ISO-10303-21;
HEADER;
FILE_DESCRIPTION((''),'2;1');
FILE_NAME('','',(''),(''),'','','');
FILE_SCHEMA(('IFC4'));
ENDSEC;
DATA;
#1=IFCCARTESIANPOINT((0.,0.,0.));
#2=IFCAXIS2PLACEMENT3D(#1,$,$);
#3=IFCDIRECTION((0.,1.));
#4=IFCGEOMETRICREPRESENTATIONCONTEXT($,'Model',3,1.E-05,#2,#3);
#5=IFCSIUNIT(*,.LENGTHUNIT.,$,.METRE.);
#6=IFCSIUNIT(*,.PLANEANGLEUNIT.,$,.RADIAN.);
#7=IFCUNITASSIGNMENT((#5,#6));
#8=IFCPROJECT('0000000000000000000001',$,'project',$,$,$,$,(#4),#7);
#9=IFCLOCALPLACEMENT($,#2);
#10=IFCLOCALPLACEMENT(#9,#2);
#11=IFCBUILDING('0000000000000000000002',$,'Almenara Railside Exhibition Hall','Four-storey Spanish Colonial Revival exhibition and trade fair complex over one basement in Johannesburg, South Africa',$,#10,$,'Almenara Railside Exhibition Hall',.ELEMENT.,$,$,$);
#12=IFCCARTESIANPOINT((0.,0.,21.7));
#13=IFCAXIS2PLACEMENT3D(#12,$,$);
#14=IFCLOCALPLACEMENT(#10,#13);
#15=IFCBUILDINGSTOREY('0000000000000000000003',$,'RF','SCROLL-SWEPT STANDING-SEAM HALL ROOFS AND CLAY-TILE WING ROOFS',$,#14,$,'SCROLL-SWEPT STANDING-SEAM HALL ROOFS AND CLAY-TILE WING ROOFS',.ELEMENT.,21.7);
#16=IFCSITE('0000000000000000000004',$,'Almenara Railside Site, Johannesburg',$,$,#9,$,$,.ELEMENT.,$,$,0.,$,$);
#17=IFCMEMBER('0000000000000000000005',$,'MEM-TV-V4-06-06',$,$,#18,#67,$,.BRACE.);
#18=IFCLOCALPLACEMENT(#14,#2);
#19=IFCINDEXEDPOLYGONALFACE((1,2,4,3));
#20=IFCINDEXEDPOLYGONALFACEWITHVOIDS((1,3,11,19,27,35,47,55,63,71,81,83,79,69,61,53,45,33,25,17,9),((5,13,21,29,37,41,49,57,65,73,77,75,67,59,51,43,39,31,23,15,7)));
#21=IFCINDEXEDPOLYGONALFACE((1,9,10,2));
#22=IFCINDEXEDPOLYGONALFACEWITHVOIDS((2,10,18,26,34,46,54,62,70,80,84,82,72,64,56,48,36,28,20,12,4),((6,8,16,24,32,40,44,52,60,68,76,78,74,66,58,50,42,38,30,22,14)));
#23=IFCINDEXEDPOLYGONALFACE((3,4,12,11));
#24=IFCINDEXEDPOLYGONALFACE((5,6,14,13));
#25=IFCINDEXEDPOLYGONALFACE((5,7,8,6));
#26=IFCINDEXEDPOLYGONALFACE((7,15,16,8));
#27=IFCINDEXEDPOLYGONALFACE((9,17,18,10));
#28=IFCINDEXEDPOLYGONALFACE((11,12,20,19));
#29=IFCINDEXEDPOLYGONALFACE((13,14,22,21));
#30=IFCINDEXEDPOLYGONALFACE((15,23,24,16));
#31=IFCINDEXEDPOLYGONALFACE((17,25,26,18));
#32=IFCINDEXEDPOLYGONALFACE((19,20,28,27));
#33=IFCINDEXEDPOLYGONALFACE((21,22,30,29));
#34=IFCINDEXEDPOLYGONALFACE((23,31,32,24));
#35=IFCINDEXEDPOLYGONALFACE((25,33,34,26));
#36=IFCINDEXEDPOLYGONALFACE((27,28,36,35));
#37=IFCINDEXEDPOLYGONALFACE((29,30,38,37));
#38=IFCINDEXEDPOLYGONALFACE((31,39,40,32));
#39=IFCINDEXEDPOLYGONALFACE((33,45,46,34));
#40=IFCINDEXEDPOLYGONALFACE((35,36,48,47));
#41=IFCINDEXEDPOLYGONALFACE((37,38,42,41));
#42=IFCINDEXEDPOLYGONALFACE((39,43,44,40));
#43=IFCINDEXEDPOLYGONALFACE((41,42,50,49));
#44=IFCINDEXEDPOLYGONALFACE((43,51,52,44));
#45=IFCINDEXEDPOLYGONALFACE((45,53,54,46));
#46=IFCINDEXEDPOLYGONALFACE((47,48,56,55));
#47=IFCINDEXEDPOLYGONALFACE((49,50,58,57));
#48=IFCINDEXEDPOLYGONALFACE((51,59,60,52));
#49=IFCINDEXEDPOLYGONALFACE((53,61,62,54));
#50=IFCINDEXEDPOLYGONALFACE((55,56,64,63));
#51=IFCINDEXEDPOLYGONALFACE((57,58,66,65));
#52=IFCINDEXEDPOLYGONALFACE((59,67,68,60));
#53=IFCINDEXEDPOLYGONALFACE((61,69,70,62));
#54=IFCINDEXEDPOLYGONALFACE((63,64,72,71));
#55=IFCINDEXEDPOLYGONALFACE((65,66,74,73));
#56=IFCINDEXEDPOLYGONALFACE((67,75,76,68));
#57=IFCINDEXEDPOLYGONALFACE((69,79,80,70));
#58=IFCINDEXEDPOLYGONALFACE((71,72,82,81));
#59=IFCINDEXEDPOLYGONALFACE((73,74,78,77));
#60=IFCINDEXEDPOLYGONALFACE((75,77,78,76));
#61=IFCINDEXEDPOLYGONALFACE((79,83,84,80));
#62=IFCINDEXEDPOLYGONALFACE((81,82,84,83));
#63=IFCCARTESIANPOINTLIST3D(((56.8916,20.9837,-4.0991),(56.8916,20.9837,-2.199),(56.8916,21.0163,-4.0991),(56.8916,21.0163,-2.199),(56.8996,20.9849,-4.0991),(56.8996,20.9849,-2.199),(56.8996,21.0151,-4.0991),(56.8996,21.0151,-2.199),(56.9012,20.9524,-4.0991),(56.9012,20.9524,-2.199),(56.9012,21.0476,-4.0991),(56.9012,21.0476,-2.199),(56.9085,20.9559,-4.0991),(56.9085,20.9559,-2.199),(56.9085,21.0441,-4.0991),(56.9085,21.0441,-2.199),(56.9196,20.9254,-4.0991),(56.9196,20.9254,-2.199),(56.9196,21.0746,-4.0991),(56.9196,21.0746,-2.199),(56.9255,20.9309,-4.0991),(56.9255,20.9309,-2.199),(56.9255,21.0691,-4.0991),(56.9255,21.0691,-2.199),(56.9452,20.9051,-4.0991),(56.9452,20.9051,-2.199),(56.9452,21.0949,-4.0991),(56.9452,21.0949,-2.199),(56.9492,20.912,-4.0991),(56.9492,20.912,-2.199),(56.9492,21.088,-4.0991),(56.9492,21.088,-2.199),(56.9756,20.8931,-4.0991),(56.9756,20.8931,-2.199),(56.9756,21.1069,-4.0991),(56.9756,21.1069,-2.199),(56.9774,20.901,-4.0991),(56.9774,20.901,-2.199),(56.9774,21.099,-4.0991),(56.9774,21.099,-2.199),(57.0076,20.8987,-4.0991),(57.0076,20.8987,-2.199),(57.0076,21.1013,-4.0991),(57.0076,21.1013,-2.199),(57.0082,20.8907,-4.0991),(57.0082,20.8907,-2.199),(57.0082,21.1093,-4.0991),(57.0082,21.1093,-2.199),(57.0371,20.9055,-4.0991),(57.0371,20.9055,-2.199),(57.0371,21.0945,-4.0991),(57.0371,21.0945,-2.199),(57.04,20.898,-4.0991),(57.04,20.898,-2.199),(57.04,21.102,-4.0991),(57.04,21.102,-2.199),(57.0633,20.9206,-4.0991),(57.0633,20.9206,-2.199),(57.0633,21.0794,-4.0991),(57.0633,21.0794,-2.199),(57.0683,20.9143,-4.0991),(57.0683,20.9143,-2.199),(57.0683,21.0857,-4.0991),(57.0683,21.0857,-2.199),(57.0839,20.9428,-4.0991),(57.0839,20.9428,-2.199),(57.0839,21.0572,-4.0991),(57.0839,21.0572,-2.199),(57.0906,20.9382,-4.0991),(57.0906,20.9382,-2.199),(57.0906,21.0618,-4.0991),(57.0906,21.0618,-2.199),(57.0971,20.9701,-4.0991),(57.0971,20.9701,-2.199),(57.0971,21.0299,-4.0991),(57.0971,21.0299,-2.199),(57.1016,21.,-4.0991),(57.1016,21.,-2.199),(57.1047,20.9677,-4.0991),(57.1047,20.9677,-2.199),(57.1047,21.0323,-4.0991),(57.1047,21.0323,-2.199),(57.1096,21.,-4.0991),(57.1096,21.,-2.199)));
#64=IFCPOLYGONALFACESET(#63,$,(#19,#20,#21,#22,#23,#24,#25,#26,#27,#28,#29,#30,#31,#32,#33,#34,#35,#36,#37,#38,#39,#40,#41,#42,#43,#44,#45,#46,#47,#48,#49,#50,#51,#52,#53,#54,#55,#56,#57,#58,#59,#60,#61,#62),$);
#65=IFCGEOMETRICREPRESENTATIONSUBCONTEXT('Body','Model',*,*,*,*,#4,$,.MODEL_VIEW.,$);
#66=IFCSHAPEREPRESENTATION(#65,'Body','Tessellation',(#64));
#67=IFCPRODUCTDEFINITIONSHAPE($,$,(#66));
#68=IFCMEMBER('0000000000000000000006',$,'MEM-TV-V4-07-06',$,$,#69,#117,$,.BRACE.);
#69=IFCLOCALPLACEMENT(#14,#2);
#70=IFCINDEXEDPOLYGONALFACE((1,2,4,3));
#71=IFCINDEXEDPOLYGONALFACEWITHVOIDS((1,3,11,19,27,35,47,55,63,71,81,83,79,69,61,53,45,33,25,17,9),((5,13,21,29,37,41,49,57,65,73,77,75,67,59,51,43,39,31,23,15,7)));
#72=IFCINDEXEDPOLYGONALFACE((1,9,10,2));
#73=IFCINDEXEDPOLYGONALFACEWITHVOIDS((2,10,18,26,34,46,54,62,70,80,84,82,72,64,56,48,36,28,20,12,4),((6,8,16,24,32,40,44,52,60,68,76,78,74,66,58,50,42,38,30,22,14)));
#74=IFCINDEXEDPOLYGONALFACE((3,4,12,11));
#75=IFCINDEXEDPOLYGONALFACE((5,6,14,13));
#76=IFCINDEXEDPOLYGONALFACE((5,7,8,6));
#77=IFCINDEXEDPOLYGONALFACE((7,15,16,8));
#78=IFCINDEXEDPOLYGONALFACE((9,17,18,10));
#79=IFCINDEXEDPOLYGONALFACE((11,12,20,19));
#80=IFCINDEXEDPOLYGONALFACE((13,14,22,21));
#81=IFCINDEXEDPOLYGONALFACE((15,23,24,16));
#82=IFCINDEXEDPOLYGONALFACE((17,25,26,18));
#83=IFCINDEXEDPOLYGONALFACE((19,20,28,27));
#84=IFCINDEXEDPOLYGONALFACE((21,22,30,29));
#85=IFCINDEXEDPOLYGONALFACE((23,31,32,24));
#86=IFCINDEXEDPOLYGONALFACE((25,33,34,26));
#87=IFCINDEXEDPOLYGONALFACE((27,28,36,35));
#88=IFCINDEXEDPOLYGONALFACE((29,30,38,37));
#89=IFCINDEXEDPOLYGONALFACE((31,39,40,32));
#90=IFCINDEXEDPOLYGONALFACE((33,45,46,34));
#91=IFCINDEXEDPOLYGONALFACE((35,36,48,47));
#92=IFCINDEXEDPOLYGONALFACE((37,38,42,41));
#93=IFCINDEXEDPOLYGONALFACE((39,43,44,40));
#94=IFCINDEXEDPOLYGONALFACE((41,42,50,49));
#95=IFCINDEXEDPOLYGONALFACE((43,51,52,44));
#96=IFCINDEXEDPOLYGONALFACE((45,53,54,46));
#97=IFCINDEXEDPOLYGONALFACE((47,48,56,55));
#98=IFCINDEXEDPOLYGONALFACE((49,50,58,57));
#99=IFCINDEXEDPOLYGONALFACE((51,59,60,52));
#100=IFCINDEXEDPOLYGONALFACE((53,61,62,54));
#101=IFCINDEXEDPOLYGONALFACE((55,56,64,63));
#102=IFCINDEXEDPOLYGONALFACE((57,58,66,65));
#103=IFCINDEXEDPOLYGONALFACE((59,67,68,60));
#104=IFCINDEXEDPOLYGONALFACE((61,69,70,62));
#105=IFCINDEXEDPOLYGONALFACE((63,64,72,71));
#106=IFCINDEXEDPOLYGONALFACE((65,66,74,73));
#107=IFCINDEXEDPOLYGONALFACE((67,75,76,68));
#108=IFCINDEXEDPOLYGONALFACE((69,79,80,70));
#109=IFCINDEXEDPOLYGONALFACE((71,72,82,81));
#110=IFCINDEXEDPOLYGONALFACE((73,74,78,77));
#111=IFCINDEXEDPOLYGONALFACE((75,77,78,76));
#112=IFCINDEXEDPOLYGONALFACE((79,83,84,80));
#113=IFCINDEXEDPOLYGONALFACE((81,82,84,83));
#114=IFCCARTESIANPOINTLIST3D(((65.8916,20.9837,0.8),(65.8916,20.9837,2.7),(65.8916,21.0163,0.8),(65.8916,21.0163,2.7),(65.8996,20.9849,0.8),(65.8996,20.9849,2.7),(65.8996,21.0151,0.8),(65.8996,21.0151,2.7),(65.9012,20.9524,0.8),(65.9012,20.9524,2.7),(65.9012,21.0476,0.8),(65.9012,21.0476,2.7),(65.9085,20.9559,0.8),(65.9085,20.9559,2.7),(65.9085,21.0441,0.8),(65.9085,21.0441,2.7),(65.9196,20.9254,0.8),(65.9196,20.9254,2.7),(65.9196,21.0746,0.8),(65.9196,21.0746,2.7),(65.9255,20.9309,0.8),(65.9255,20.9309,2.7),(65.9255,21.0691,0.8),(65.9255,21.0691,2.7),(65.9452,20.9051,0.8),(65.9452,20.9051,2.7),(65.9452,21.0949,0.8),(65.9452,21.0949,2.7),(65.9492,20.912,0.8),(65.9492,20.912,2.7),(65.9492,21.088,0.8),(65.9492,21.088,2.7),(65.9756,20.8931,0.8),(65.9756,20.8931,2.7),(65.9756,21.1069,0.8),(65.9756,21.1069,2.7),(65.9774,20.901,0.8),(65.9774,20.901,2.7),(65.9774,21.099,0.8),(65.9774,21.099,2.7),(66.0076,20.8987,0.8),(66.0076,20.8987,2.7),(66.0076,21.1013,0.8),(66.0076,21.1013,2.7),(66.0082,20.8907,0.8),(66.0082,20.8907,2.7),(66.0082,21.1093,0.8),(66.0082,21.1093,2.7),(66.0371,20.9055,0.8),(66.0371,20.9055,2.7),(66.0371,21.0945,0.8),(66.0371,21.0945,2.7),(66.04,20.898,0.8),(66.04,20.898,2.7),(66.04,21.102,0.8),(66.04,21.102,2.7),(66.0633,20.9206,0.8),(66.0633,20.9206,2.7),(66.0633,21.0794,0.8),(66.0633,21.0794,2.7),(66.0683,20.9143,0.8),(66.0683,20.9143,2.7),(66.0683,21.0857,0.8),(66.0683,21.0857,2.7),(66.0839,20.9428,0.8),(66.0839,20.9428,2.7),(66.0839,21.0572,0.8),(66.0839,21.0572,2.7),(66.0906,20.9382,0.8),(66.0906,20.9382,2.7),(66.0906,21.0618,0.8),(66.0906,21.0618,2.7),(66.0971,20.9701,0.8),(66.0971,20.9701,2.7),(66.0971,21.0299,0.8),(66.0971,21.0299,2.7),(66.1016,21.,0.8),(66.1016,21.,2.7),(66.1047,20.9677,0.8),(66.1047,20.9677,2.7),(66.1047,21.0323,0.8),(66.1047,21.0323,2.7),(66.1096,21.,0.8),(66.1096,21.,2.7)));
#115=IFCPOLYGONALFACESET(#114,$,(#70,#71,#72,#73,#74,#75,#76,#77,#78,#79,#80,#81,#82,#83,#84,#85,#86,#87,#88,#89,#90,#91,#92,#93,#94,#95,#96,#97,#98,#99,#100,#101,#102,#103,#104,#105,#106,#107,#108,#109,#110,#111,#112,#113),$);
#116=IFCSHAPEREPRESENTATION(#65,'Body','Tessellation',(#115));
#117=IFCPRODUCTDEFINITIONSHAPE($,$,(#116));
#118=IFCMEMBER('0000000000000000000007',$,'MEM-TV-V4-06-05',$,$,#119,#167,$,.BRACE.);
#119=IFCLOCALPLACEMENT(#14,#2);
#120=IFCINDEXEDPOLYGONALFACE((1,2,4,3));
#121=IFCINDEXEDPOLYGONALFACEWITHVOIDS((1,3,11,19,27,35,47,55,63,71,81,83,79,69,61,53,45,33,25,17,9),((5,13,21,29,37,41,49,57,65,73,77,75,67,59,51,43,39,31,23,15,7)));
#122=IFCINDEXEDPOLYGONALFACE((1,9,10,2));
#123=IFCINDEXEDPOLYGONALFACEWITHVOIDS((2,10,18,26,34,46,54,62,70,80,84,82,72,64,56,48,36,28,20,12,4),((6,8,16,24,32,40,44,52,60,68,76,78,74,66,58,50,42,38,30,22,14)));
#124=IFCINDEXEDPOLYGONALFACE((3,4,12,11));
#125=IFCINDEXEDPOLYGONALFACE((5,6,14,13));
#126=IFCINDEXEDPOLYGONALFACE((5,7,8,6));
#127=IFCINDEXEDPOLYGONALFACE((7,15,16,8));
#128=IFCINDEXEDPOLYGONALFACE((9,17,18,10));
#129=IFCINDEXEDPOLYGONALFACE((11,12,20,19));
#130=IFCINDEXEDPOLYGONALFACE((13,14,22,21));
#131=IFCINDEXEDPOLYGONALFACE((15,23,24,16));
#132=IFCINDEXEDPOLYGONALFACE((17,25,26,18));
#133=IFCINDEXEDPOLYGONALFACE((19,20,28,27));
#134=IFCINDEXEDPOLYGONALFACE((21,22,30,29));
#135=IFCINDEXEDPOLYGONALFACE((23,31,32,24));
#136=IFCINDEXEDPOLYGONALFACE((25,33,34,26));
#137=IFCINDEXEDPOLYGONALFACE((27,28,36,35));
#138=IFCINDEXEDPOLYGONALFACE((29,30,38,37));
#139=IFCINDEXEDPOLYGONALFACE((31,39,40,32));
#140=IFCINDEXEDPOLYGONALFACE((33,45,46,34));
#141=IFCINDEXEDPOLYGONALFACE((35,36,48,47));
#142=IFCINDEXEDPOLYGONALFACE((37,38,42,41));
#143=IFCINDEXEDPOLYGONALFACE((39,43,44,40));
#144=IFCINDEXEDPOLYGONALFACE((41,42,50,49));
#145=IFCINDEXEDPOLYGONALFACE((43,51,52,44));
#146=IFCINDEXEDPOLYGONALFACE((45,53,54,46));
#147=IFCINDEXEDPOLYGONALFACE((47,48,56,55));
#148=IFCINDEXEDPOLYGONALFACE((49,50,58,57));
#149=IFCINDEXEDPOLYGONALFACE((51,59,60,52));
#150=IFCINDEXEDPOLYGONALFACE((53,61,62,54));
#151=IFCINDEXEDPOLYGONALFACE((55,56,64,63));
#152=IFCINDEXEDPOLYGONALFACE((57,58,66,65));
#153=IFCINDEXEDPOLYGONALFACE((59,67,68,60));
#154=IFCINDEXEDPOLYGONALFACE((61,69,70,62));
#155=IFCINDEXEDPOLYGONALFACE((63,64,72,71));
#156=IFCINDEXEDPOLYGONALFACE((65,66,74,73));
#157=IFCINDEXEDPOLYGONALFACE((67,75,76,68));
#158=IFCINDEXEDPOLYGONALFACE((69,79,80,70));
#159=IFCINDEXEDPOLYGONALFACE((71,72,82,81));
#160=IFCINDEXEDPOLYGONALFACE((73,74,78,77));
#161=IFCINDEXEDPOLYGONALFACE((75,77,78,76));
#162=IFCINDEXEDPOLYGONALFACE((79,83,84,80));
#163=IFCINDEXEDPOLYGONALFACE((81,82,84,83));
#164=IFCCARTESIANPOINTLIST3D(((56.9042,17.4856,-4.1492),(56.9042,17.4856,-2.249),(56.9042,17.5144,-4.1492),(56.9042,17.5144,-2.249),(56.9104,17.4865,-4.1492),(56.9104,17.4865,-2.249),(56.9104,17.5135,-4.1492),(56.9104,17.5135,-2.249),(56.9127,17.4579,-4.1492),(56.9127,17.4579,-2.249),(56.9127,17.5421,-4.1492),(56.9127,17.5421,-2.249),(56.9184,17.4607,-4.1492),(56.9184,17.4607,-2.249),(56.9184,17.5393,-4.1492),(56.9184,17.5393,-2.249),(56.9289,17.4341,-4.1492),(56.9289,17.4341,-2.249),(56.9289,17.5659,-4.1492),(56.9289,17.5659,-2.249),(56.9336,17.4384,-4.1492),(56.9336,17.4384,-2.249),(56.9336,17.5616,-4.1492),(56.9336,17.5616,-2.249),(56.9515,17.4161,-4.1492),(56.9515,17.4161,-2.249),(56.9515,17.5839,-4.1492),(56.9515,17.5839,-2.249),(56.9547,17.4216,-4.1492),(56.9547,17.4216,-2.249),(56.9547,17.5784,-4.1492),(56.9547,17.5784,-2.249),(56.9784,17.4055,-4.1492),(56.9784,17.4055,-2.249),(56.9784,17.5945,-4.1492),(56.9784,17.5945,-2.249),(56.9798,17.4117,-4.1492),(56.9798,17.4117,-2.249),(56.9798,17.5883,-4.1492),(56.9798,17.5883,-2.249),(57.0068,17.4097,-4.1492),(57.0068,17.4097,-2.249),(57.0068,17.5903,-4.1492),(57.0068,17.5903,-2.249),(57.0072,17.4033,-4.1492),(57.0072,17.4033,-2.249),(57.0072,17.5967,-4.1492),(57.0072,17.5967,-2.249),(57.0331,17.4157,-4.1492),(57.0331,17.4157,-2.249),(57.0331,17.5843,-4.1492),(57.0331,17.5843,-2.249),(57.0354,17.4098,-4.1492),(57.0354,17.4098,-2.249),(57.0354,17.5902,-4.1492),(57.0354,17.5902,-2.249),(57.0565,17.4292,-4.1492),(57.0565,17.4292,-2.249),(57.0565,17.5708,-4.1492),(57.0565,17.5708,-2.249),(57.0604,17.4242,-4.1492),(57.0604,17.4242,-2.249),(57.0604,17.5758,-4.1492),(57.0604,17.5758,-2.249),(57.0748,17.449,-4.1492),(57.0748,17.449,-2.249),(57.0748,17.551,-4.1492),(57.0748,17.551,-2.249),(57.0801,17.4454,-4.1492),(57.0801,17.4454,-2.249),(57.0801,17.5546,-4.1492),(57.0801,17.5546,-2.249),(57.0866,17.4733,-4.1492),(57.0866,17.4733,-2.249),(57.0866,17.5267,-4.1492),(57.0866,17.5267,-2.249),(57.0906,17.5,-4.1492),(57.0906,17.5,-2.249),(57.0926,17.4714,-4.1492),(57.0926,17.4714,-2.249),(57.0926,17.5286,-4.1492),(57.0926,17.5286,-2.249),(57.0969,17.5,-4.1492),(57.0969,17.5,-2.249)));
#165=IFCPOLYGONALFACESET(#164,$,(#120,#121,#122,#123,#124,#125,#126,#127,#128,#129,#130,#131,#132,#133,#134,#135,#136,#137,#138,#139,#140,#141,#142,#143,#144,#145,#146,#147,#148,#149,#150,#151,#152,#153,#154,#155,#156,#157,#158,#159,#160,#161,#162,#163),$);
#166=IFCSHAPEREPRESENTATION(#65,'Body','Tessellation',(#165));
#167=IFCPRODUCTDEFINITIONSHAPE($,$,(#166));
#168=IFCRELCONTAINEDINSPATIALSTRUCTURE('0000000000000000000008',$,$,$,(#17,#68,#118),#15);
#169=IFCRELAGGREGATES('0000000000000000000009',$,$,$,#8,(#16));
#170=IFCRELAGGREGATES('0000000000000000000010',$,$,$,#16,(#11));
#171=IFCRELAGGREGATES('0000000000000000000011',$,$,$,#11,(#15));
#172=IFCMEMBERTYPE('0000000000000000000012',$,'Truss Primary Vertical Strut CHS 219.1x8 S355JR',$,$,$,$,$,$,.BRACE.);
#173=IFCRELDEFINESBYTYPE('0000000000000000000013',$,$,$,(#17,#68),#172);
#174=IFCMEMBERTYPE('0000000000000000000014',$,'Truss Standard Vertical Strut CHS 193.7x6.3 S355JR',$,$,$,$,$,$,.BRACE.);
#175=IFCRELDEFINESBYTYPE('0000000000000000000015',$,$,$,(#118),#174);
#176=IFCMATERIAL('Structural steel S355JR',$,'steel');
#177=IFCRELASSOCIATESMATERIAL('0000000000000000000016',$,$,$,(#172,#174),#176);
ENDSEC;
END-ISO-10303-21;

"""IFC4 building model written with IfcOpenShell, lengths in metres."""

from ifc_helpers import new_model, si_unit, direction, frame, origin, origin_2d, place, context, subcontext, project, spatial, hollow_circle, extrude, material, material_profile, profile_set, type_object, element, save


model = new_model("IFC4")

# Units and contexts
model_context = context("Model", 3, precision=1e-05, world=origin(), true_north=direction((0.0, 1.0)))
body_context = subcontext(model_context, "Body", "Model", "MODEL_VIEW")
ifc_project = project(units=[si_unit("LENGTHUNIT", "METRE"), si_unit("PLANEANGLEUNIT", "RADIAN")], contexts=[model_context])

# Site, building, storey
site_placement = place(None, origin())
site = spatial("IfcSite", under=ifc_project, at=site_placement, Name="Almenara Railside Site, Johannesburg", CompositionType="ELEMENT", RefElevation=0.0)
building_placement = place(site_placement, origin())
building = spatial("IfcBuilding", under=site, at=building_placement, Name="Almenara Railside Exhibition Hall", Description="Four-storey Spanish Colonial Revival exhibition and trade fair complex over one basement in Johannesburg, South Africa", LongName="Almenara Railside Exhibition Hall", CompositionType="ELEMENT")
storey_placement = place(building_placement, frame((0.0, 0.0, 21.7)))
storey = spatial("IfcBuildingStorey", under=building, at=storey_placement, Name="RF", Description="SCROLL-SWEPT STANDING-SEAM HALL ROOFS AND CLAY-TILE WING ROOFS", LongName="SCROLL-SWEPT STANDING-SEAM HALL ROOFS AND CLAY-TILE WING ROOFS", CompositionType="ELEMENT", Elevation=21.7)

# Members
ifc_material_1 = material(Name="Structural steel S355JR", Category="steel")
ifc_material_profile_1 = material_profile(ifc_material_1, hollow_circle(Radius=0.1096, WallThickness=0.0081, at=origin_2d()), Name="CHS 219.1x8")
ifc_profile_set_1 = profile_set([ifc_material_profile_1], Name="Structural steel S355JR")
member_type_1 = type_object("IfcMemberType", Name="Truss Primary Vertical Strut CHS 219.1x8 S355JR", PredefinedType="BRACE", material=ifc_profile_set_1)
member_1_placement = place(storey_placement, frame((57.0, 21.0, -4.0991), z_axis=(0.0, 0.0, 1.0), x_axis=(1.0, 0.0, 0.0)))
element("IfcMember", 1, at=member_1_placement, inside=storey, type_object=member_type_1, Name="MEM-TV-V4-06-06", PredefinedType="BRACE", context=body_context, shape_type="SweptSolid", body=[
    extrude(hollow_circle(Radius=0.1096, WallThickness=0.0081, at=origin_2d()), origin(), (0.0, 0.0, 1.0), 1.9001),
])
member_2_placement = place(storey_placement, frame((66.0, 21.0, 0.8), z_axis=(0.0, 0.0, 1.0), x_axis=(1.0, 0.0, 0.0)))
element("IfcMember", 2, at=member_2_placement, inside=storey, type_object=member_type_1, Name="MEM-TV-V4-07-06", PredefinedType="BRACE", context=body_context, shape_type="SweptSolid", body=[
    extrude(hollow_circle(Radius=0.1096, WallThickness=0.0081, at=origin_2d()), origin(), (0.0, 0.0, 1.0), 1.8999),
])
ifc_material_profile_2 = material_profile(ifc_material_1, hollow_circle(Radius=0.0969, WallThickness=0.0063, at=origin_2d()), Name="CHS 193.7x6.3")
ifc_profile_set_2 = profile_set([ifc_material_profile_2], Name="Structural steel S355JR")
member_type_2 = type_object("IfcMemberType", Name="Truss Standard Vertical Strut CHS 193.7x6.3 S355JR", PredefinedType="BRACE", material=ifc_profile_set_2)
member_3_placement = place(storey_placement, frame((57.0, 17.5, -4.1492), z_axis=(0.0, 0.0, 1.0), x_axis=(1.0, 0.0, 0.0)))
element("IfcMember", 3, at=member_3_placement, inside=storey, type_object=member_type_2, Name="MEM-TV-V4-06-05", PredefinedType="BRACE", context=body_context, shape_type="SweptSolid", body=[
    extrude(hollow_circle(Radius=0.0969, WallThickness=0.0063, at=origin_2d()), origin(), (0.0, 0.0, 1.0), 1.9001),
])

save(model, "model.ifc")
